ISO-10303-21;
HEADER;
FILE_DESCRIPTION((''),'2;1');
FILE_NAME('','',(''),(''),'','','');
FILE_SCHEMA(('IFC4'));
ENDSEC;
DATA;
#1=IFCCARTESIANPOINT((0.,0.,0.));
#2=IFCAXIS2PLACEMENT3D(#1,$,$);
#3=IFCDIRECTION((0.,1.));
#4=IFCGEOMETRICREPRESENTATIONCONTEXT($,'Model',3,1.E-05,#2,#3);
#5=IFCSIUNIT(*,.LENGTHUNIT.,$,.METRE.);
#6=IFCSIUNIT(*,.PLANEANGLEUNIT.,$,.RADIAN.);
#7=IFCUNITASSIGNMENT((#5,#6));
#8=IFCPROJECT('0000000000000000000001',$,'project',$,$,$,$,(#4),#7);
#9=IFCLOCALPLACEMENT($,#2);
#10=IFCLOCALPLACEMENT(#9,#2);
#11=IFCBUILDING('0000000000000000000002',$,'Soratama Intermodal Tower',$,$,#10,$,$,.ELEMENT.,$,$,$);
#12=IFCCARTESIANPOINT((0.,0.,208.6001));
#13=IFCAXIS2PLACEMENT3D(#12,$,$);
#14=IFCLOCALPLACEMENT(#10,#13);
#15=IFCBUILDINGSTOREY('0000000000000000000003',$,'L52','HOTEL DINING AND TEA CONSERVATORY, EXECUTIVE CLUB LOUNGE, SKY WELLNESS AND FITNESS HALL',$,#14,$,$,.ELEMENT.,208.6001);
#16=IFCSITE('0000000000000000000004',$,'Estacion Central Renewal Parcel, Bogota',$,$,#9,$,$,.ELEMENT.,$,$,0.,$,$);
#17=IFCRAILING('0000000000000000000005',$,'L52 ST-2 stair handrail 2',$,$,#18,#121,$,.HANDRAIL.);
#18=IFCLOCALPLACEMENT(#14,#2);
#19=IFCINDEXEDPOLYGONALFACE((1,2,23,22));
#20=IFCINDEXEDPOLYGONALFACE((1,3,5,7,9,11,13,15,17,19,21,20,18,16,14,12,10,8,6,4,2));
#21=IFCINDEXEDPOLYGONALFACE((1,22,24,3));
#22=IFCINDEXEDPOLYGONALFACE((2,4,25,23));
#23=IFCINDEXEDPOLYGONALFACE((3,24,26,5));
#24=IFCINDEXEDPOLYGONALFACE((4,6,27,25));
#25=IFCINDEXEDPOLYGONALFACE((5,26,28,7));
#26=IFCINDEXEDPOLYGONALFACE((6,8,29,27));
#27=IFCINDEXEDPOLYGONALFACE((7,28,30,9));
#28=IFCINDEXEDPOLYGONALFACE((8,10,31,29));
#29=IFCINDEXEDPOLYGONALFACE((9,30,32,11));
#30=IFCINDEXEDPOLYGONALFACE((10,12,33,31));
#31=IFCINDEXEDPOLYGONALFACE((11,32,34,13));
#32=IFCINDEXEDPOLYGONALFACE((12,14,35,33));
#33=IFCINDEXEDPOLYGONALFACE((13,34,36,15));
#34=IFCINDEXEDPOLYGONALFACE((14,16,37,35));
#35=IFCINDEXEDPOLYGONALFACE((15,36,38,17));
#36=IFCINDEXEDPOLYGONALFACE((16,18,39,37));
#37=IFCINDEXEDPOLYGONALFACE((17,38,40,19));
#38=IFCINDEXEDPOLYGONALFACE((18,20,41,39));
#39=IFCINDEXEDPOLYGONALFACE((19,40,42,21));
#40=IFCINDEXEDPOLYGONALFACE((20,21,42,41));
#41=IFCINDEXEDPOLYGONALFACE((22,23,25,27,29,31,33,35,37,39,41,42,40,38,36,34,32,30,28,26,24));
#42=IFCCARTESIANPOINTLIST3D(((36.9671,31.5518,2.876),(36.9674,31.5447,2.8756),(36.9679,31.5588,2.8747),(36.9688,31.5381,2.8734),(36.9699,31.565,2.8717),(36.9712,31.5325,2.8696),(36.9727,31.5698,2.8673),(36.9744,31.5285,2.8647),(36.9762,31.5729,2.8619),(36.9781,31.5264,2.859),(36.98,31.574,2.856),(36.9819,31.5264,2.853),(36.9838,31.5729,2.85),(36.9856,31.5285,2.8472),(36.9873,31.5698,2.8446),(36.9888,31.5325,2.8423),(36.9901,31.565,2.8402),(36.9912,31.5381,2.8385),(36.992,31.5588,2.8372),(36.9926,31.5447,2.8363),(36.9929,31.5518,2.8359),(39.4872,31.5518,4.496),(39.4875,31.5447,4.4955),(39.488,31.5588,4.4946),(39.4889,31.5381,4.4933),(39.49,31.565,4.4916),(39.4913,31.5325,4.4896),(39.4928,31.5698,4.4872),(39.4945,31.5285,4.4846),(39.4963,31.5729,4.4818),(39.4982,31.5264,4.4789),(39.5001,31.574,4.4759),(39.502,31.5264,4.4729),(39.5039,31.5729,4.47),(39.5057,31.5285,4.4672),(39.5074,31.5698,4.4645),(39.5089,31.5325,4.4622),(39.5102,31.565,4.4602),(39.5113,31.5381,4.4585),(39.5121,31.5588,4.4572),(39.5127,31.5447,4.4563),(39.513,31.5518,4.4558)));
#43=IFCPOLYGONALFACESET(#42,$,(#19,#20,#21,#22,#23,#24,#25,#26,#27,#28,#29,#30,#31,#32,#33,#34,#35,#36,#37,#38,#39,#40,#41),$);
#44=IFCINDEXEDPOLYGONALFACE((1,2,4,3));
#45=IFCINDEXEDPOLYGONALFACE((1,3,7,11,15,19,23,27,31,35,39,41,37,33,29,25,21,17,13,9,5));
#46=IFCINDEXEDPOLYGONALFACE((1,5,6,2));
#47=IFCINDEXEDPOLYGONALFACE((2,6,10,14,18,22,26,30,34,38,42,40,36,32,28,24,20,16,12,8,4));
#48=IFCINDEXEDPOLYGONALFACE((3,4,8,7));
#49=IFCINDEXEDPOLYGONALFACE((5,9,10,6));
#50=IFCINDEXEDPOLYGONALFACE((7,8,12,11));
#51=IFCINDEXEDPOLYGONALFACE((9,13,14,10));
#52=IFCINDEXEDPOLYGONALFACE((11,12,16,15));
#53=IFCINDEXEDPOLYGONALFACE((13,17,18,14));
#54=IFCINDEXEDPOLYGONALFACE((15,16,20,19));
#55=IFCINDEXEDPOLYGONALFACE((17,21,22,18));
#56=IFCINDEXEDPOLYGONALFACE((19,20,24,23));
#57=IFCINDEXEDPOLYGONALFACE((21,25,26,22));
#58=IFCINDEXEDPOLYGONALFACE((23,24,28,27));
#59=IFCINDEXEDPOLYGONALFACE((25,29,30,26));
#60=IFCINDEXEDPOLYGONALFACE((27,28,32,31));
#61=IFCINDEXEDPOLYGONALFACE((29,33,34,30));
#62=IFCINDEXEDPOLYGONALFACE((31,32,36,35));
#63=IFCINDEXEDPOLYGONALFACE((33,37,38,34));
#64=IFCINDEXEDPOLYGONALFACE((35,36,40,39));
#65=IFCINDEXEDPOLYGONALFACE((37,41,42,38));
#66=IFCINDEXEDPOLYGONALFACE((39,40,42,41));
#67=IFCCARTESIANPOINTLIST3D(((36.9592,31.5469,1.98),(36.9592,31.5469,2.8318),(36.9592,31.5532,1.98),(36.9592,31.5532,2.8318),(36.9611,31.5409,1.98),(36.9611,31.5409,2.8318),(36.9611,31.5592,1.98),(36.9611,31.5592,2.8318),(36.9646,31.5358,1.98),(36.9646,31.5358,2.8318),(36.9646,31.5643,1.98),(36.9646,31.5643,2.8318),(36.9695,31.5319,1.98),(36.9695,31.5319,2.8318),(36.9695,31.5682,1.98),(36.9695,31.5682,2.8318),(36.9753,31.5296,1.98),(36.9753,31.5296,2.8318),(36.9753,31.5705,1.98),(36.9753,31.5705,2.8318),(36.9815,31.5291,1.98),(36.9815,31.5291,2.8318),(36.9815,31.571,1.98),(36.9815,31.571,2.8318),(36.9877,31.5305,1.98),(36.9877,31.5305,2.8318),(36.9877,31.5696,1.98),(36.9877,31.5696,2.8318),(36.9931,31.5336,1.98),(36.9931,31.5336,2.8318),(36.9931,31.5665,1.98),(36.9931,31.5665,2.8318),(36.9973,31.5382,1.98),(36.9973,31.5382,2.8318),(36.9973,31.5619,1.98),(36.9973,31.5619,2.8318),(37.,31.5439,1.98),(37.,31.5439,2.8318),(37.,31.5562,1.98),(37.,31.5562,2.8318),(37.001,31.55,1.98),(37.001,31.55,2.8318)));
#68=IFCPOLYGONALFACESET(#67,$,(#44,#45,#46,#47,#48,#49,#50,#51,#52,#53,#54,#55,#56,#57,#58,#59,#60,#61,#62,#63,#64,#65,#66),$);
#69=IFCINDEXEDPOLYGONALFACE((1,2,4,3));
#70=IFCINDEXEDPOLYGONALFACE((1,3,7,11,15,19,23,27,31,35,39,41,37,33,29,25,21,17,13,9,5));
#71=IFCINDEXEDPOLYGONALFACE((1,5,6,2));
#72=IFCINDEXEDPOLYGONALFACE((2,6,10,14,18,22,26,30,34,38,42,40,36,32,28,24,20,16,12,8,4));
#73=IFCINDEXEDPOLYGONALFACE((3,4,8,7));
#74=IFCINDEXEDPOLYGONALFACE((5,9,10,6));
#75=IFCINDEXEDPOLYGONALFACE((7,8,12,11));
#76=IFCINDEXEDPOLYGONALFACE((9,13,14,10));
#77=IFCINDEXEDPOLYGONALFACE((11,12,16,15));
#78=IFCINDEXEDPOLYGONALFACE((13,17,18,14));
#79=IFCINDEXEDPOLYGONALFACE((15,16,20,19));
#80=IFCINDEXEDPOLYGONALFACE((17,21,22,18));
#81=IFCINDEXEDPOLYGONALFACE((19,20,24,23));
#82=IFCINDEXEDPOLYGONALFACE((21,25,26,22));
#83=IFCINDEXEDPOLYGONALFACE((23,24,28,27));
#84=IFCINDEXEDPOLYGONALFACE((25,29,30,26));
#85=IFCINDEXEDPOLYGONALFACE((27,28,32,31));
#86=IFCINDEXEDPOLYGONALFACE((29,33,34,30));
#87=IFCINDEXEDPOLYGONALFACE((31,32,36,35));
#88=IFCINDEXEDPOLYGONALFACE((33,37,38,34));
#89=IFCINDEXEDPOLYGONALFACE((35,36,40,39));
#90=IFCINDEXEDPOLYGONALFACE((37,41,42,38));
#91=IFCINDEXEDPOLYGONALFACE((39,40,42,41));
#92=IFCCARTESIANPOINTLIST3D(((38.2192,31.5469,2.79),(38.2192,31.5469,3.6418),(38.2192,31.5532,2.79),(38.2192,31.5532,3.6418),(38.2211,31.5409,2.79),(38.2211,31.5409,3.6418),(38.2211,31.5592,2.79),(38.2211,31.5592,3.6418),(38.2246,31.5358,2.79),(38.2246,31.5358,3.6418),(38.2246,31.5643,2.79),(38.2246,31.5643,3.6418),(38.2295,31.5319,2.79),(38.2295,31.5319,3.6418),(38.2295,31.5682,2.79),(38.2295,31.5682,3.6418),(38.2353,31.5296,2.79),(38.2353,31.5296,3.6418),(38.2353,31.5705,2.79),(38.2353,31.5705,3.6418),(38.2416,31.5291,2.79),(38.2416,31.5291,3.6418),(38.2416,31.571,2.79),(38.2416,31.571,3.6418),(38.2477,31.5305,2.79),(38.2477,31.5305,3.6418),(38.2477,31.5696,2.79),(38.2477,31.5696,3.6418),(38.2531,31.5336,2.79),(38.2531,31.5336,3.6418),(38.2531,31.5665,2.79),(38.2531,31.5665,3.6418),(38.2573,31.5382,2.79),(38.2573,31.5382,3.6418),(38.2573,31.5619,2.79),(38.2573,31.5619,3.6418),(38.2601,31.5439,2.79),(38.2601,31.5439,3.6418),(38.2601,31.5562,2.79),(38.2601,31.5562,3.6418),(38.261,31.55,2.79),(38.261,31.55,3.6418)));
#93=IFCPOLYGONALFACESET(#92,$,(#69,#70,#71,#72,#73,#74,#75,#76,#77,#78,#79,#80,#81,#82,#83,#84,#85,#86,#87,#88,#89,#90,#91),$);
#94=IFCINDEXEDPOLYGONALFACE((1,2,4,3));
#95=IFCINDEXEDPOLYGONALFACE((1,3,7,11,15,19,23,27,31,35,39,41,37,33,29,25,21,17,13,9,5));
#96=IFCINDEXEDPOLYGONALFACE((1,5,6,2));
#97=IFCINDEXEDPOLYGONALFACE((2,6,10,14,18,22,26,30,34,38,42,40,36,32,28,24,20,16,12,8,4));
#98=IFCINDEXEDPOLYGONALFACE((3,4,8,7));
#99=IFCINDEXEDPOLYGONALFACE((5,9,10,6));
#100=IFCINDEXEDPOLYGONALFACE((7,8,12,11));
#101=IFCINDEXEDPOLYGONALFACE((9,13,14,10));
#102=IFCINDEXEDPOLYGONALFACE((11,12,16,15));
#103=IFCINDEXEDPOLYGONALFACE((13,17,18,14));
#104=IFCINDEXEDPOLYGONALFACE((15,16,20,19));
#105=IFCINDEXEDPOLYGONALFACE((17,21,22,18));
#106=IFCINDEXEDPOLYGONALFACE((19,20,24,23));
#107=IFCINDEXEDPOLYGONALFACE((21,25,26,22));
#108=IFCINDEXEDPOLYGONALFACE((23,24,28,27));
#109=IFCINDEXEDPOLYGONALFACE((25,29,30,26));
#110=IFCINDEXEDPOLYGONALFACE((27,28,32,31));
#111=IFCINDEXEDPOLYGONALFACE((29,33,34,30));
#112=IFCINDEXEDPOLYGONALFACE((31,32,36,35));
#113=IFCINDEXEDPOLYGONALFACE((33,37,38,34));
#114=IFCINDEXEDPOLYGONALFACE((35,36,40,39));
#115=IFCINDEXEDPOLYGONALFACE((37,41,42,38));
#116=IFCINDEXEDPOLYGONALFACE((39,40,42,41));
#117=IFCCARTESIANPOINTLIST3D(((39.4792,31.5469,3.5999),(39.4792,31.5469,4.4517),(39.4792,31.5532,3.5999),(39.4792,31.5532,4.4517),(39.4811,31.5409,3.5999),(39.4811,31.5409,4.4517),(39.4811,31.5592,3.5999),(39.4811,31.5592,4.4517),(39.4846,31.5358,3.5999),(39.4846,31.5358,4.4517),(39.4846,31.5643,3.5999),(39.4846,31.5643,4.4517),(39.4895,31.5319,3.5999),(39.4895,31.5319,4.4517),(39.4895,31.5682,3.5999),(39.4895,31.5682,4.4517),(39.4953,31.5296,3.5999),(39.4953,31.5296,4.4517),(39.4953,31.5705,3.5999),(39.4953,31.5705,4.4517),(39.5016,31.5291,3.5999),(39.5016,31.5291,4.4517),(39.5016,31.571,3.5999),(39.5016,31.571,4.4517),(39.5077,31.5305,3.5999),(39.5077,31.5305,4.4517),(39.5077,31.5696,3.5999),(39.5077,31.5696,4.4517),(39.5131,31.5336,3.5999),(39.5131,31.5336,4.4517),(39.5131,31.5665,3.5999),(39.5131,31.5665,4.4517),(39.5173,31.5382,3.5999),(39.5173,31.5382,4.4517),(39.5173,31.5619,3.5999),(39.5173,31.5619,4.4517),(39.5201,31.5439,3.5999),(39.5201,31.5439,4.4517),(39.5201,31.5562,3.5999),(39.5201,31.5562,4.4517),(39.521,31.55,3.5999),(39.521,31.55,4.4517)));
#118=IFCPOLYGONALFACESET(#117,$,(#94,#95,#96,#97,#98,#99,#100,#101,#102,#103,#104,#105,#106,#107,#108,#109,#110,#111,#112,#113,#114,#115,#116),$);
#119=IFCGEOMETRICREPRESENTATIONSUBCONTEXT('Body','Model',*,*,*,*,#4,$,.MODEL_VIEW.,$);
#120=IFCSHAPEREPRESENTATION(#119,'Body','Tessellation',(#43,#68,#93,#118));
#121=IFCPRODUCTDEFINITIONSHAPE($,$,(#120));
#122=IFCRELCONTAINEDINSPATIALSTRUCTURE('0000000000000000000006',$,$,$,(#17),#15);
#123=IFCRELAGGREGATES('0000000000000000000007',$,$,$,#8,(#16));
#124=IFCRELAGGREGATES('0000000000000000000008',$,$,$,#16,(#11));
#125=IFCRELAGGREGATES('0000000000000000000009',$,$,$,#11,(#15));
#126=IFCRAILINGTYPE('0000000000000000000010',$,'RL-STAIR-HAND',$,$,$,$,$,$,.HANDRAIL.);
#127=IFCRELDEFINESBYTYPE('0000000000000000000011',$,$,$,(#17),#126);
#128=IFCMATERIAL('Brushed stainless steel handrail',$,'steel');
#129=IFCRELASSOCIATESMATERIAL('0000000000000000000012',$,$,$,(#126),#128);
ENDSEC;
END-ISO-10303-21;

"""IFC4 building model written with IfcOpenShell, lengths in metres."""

from ifc_helpers import new_model, si_unit, direction, frame, origin, origin_2d, place, context, subcontext, project, spatial, circle, extrude, material, type_object, element, save


model = new_model("IFC4")

# Units and contexts
model_context = context("Model", 3, precision=1e-05, world=origin(), true_north=direction((0.0, 1.0)))
body_context = subcontext(model_context, "Body", "Model", "MODEL_VIEW")
ifc_project = project(units=[si_unit("LENGTHUNIT", "METRE"), si_unit("PLANEANGLEUNIT", "RADIAN")], contexts=[model_context])

# Site, building, storey
site_placement = place(None, origin())
site = spatial("IfcSite", under=ifc_project, at=site_placement, Name="Estacion Central Renewal Parcel, Bogota", CompositionType="ELEMENT", RefElevation=0.0)
building_placement = place(site_placement, origin())
building = spatial("IfcBuilding", under=site, at=building_placement, Name="Soratama Intermodal Tower", CompositionType="ELEMENT")
storey_placement = place(building_placement, frame((0.0, 0.0, 208.6001)))
storey = spatial("IfcBuildingStorey", under=building, at=storey_placement, Name="L52", Description="HOTEL DINING AND TEA CONSERVATORY, EXECUTIVE CLUB LOUNGE, SKY WELLNESS AND FITNESS HALL", CompositionType="ELEMENT", Elevation=208.6001)

# Railing
ifc_material_1 = material(Name="Brushed stainless steel handrail", Category="steel")
railing_type_1 = type_object("IfcRailingType", Name="RL-STAIR-HAND", PredefinedType="HANDRAIL", material=ifc_material_1)
railing_1_placement = place(storey_placement, frame((36.98, 31.55, 1.98)))
element("IfcRailing", 1, at=railing_1_placement, inside=storey, type_object=railing_type_1, Name="L52 ST-2 stair handrail 2", PredefinedType="HANDRAIL", context=body_context, shape_type="SweptSolid", body=[
    extrude(circle(Radius=0.0239, at=origin_2d()), frame((0.0, 0.0, 0.876), z_axis=(0.8412, 0.0, 0.540725), x_axis=(0.0, 1.0, 0.0)), (0.0, 0.0, 1.0), 2.9958),
    extrude(circle(Radius=0.021, at=origin_2d()), origin(), (0.0, 0.0, 1.0), 0.8518),
    extrude(circle(Radius=0.021, at=origin_2d()), frame((1.26, 0.0, 0.8101)), (0.0, 0.0, 1.0), 0.8518),
    extrude(circle(Radius=0.021, at=origin_2d()), frame((2.52, 0.0, 1.6199)), (0.0, 0.0, 1.0), 0.8518),
])

save(model, "model.ifc")
